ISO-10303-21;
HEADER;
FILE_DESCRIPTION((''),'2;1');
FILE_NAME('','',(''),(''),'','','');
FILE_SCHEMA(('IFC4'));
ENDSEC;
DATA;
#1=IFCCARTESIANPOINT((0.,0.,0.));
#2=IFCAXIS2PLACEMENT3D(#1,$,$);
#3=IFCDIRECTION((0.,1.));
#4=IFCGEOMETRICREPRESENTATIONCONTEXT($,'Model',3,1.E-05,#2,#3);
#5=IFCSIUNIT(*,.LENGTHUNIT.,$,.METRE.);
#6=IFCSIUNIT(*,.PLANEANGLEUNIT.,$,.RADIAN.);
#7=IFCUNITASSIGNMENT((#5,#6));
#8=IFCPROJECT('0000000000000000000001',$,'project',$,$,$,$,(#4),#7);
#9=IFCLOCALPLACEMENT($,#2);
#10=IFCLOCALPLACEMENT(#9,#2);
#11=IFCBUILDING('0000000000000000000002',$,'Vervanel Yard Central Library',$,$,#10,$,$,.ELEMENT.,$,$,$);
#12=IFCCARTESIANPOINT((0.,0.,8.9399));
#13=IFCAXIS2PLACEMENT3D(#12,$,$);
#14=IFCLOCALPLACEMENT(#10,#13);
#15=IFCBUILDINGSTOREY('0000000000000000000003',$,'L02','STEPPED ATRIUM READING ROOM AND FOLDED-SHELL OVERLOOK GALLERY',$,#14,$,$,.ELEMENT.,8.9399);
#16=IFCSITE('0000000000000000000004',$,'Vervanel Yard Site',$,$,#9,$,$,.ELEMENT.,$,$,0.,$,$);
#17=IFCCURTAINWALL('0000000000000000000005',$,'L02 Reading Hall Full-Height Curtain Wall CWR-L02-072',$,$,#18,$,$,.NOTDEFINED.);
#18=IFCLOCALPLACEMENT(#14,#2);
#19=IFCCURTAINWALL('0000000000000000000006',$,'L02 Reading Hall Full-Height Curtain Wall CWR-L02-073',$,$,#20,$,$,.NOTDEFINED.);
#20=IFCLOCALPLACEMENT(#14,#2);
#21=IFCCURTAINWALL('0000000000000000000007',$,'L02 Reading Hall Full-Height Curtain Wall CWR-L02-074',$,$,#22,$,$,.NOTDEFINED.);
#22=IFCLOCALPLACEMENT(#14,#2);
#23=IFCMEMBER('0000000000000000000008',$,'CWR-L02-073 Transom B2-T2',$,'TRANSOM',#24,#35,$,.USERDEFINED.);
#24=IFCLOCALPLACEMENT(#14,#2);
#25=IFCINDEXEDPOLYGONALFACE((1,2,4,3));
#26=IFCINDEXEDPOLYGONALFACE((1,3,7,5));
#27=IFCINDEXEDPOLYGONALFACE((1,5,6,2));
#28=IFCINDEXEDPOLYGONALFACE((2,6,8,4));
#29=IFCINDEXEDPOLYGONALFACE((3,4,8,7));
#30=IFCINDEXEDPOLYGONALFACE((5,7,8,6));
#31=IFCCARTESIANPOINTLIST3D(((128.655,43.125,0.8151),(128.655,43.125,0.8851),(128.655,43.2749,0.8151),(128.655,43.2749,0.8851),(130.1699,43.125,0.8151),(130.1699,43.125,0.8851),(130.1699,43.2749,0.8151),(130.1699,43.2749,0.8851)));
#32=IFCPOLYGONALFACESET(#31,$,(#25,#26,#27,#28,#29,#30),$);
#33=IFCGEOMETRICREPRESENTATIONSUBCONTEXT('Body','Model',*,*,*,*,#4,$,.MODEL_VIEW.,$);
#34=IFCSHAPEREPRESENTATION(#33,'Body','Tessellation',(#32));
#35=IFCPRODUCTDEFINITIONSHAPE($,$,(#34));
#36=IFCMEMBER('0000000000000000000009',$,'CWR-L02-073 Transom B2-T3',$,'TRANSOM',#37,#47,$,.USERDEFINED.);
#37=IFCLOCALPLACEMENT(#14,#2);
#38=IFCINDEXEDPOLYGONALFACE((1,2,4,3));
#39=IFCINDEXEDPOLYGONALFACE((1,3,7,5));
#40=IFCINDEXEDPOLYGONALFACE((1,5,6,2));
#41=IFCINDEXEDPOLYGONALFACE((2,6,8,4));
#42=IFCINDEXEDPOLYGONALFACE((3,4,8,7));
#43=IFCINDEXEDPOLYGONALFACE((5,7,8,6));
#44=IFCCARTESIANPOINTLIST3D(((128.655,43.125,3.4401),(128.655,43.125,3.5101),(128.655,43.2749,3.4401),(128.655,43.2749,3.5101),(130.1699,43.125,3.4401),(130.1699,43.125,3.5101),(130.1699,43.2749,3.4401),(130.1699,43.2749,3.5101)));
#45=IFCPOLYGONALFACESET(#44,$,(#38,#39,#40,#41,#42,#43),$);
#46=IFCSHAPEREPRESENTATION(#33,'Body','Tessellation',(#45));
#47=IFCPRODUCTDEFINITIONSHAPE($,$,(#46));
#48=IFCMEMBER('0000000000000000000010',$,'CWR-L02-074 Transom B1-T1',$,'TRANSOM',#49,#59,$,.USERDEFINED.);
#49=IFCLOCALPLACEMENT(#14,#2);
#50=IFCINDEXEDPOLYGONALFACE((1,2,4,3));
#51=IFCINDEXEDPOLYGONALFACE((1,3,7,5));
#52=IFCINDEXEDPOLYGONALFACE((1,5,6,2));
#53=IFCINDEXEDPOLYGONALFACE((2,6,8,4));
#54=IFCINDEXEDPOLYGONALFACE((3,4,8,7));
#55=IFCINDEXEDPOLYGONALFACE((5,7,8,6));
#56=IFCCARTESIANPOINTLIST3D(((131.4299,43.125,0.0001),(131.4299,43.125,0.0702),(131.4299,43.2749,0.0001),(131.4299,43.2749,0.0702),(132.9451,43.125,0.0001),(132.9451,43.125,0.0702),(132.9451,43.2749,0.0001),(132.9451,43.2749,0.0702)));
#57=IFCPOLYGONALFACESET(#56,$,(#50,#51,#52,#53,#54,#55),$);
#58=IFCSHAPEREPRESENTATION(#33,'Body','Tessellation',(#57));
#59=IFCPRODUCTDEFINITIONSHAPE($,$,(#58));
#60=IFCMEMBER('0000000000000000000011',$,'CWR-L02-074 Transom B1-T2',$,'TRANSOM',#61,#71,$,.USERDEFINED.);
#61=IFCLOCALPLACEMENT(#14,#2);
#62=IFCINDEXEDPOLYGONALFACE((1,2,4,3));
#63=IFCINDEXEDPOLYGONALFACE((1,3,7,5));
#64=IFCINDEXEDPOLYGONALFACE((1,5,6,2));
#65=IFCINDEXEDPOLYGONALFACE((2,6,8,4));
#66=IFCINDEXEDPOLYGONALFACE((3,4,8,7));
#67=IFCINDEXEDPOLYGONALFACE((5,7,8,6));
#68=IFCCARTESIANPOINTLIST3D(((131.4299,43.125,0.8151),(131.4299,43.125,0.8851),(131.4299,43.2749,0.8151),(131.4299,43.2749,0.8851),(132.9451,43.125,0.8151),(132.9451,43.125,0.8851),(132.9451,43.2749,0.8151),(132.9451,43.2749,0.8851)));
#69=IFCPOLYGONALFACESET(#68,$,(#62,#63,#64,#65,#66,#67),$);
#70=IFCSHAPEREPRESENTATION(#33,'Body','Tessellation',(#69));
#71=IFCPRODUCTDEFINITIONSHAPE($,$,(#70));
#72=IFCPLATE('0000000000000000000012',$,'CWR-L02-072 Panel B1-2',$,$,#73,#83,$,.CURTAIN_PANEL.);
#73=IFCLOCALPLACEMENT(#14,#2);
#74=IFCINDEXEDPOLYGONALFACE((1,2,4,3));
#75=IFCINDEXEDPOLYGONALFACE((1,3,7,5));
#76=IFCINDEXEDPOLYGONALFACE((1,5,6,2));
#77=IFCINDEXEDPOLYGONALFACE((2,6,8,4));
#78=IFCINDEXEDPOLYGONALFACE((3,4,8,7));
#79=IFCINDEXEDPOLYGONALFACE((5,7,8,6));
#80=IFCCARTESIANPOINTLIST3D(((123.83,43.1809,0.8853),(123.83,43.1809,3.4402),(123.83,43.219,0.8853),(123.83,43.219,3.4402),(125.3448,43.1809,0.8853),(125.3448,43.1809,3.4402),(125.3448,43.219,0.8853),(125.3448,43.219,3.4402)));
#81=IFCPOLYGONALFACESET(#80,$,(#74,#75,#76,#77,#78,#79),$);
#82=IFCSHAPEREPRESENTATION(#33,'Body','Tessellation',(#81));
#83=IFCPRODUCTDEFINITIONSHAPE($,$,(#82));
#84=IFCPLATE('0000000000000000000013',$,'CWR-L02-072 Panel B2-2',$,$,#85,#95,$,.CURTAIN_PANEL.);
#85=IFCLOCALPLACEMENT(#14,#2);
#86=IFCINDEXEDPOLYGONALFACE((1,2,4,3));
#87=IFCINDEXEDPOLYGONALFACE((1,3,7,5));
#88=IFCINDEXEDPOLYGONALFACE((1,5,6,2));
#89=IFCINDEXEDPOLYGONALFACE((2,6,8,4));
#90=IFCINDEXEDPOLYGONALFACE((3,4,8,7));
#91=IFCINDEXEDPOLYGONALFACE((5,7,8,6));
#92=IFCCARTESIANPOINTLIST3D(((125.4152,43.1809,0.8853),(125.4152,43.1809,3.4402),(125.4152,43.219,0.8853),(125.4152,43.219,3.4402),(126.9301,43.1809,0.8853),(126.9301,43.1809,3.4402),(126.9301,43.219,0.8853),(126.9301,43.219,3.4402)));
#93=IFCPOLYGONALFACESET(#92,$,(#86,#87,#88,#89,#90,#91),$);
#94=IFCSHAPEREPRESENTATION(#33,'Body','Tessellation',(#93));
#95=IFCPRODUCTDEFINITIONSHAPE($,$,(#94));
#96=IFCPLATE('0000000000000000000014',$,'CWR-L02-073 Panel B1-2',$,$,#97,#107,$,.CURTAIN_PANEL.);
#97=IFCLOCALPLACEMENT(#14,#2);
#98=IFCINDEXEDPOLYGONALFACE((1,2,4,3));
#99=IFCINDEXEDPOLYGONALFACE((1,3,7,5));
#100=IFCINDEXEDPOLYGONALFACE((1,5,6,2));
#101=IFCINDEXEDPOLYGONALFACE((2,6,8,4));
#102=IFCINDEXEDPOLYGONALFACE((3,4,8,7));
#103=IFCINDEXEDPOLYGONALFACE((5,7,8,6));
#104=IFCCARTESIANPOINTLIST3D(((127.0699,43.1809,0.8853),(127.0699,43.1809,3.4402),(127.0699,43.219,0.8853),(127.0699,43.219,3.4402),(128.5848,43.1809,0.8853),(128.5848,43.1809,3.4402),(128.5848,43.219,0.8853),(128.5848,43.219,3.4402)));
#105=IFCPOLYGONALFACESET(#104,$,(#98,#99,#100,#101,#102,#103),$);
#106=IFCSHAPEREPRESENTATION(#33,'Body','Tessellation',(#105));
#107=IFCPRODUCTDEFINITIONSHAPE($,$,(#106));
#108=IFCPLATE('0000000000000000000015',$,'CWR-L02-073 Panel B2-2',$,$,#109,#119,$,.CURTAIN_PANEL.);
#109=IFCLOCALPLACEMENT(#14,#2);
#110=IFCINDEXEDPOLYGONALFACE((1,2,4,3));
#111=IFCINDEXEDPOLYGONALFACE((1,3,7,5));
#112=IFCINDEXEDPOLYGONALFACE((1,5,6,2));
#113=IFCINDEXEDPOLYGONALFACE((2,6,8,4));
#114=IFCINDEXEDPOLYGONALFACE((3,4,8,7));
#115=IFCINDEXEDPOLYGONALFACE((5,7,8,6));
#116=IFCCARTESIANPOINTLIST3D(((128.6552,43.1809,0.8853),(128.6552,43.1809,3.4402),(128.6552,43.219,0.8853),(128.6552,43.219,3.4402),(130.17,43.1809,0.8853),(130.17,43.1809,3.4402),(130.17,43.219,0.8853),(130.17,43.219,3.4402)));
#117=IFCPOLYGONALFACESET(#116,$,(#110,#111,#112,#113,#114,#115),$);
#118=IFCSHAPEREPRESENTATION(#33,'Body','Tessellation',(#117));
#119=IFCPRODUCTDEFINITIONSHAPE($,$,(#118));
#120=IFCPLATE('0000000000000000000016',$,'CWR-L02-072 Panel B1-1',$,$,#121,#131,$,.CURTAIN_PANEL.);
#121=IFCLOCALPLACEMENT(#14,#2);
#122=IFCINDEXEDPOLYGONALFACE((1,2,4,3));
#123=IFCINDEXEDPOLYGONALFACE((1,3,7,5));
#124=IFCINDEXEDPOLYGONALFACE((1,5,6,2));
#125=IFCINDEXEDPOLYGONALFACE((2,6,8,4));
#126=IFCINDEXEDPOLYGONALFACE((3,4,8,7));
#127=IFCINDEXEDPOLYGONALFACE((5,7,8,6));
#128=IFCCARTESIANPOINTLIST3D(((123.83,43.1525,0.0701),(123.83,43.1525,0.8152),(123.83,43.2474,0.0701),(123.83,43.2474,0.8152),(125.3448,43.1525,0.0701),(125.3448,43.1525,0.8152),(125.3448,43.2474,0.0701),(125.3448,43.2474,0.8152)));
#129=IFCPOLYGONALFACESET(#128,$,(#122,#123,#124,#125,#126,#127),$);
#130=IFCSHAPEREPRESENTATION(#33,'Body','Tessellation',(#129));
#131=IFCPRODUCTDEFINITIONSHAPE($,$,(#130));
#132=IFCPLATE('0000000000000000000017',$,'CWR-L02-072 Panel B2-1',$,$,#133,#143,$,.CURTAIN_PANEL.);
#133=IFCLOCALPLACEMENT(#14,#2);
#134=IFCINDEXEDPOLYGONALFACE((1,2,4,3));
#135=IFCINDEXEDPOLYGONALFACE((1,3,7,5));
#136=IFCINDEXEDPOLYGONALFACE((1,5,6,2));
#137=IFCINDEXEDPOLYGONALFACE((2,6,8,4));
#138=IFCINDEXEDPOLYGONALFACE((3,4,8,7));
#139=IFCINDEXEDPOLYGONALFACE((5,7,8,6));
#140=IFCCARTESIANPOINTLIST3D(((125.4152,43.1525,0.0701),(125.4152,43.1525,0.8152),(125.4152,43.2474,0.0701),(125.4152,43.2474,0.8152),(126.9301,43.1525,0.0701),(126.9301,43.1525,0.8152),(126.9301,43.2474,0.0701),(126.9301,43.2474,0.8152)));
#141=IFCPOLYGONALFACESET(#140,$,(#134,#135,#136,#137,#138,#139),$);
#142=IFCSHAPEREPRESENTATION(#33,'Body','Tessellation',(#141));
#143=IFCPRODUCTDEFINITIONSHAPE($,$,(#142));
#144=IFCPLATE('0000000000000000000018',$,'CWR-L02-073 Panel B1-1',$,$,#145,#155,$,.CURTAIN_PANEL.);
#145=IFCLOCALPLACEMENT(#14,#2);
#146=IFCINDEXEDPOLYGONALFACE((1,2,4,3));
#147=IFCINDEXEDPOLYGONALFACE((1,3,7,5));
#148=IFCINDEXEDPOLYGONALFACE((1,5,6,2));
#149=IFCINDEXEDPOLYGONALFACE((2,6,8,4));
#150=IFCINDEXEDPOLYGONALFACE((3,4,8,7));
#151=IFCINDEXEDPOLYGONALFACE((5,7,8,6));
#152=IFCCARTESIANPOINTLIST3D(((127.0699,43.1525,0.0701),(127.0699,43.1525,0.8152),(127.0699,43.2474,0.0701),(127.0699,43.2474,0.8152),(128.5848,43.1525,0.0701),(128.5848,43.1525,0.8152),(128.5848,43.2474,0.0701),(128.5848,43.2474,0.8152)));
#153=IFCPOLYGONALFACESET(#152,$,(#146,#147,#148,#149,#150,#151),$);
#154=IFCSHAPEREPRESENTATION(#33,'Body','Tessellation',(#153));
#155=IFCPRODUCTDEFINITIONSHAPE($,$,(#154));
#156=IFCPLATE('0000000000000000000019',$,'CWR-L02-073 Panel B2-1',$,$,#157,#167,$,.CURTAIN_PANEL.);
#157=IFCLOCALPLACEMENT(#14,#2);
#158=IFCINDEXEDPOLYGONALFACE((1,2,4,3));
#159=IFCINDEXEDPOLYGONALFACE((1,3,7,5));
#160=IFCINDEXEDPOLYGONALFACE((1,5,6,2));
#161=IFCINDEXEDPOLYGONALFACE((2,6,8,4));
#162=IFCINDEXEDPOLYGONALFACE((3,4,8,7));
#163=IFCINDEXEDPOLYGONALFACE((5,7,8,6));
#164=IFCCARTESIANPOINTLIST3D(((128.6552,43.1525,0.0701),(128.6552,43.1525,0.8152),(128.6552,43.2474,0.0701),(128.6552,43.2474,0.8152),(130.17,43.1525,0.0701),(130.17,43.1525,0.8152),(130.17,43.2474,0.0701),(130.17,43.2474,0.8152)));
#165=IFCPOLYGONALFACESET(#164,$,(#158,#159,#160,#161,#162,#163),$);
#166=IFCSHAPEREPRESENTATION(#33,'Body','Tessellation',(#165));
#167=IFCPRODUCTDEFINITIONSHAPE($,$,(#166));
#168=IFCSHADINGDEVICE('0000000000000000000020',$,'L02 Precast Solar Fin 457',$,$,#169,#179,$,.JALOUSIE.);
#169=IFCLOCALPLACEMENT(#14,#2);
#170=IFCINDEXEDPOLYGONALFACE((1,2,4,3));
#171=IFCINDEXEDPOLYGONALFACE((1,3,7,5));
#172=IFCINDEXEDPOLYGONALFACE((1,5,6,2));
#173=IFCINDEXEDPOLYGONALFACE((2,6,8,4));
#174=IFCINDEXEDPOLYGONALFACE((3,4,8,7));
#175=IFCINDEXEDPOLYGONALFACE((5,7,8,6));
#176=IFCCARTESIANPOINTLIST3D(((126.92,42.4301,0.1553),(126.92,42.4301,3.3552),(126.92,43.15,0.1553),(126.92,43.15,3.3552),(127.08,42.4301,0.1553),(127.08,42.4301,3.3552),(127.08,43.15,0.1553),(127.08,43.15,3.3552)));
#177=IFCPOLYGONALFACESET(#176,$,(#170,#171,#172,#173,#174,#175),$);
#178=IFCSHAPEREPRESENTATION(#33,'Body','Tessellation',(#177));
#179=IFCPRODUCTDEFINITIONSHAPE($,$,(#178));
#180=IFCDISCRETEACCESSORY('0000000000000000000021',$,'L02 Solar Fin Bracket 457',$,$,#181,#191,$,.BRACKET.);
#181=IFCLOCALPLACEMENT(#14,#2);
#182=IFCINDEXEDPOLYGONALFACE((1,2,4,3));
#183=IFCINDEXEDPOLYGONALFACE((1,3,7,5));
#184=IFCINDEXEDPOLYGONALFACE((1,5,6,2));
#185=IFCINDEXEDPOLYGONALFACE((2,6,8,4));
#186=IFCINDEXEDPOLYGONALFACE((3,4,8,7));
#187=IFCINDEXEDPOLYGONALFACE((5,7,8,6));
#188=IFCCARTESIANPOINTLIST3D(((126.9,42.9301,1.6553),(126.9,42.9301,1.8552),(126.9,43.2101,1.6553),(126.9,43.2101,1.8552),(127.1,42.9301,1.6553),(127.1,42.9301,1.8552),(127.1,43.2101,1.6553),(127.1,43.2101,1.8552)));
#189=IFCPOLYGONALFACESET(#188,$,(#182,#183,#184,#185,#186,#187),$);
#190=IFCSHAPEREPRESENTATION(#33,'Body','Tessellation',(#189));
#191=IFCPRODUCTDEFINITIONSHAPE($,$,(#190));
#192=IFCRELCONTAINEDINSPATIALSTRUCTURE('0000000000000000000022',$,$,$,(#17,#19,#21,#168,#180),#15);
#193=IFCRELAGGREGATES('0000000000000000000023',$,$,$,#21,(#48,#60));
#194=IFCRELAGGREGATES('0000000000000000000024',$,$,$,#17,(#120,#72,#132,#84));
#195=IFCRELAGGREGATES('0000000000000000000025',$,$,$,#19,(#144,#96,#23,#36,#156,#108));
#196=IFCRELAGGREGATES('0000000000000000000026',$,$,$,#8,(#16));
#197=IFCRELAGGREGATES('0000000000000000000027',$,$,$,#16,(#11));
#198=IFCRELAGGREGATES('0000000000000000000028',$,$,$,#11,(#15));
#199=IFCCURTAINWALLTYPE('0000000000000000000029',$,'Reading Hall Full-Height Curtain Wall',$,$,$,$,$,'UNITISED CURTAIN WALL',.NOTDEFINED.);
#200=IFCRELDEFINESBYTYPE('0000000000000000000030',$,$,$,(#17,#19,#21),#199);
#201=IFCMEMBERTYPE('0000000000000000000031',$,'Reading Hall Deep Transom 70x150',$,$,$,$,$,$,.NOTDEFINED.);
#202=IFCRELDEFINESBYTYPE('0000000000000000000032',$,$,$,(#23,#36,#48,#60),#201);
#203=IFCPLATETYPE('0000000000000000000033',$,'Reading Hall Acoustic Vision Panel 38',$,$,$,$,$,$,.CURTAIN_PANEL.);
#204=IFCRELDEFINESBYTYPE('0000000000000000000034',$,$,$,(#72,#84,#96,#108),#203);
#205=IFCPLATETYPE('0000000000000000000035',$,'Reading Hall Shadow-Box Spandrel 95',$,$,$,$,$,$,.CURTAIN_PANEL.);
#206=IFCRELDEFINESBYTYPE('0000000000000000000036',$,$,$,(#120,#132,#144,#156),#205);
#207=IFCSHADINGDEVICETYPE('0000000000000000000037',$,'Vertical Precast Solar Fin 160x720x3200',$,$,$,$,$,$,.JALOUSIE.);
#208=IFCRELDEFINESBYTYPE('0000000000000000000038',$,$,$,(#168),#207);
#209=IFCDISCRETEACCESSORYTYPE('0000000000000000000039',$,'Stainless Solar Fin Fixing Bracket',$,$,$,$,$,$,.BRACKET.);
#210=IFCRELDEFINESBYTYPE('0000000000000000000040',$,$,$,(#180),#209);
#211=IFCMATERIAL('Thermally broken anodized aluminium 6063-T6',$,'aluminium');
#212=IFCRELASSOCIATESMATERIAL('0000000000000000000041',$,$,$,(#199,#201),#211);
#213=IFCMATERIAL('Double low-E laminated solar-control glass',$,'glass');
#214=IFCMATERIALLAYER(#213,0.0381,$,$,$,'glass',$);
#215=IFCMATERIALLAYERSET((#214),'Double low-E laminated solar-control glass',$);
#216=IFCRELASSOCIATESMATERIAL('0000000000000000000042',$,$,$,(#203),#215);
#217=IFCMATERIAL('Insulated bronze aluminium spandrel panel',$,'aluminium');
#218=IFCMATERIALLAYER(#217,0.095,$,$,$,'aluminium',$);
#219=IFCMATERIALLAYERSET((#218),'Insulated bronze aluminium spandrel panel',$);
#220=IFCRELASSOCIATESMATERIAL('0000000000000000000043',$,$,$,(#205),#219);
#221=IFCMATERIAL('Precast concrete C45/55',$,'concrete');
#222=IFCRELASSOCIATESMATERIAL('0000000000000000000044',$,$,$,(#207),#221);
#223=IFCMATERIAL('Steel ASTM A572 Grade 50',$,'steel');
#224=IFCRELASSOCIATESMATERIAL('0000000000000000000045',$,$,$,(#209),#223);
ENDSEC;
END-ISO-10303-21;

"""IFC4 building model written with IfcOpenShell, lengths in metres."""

from ifc_helpers import new_model, si_unit, direction, frame, origin, origin_2d, place, context, subcontext, project, spatial, rectangle, extrude, material, layer, layer_set, material_profile, profile_set, type_object, element, aggregate, save


model = new_model("IFC4")

# Units and contexts
model_context = context("Model", 3, precision=1e-05, world=origin(), true_north=direction((0.0, 1.0)))
body_context = subcontext(model_context, "Body", "Model", "MODEL_VIEW")
ifc_project = project(units=[si_unit("LENGTHUNIT", "METRE"), si_unit("PLANEANGLEUNIT", "RADIAN")], contexts=[model_context])

# Site, building, storey
site_placement = place(None, origin())
site = spatial("IfcSite", under=ifc_project, at=site_placement, Name="Vervanel Yard Site", CompositionType="ELEMENT", RefElevation=0.0)
building_placement = place(site_placement, origin())
building = spatial("IfcBuilding", under=site, at=building_placement, Name="Vervanel Yard Central Library", CompositionType="ELEMENT")
storey_placement = place(building_placement, frame((0.0, 0.0, 8.9399)))
storey = spatial("IfcBuildingStorey", under=building, at=storey_placement, Name="L02", Description="STEPPED ATRIUM READING ROOM AND FOLDED-SHELL OVERLOOK GALLERY", CompositionType="ELEMENT", Elevation=8.9399)

# Curtain walls
ifc_material_1 = material(Name="Thermally broken anodized aluminium 6063-T6", Category="aluminium")
curtain_wall_type = type_object("IfcCurtainWallType", Name="Reading Hall Full-Height Curtain Wall", ElementType="UNITISED CURTAIN WALL", PredefinedType="NOTDEFINED", material=ifc_material_1)
curtain_wall_1_placement = place(storey_placement, origin())
curtain_wall_1 = element("IfcCurtainWall", 1, at=curtain_wall_1_placement, inside=storey, type_object=curtain_wall_type, Name="L02 Reading Hall Full-Height Curtain Wall CWR-L02-072", PredefinedType="NOTDEFINED")
curtain_wall_2_placement = place(storey_placement, origin())
curtain_wall_2 = element("IfcCurtainWall", 2, at=curtain_wall_2_placement, inside=storey, type_object=curtain_wall_type, Name="L02 Reading Hall Full-Height Curtain Wall CWR-L02-073", PredefinedType="NOTDEFINED")

# Curtain wall
curtain_wall_3_placement = place(storey_placement, origin())
curtain_wall_3 = element("IfcCurtainWall", 3, at=curtain_wall_3_placement, inside=storey, type_object=curtain_wall_type, Name="L02 Reading Hall Full-Height Curtain Wall CWR-L02-074", PredefinedType="NOTDEFINED")

# Members
ifc_material_profile_1 = material_profile(ifc_material_1, rectangle(XDim=0.0701, YDim=0.1499, at=origin_2d()), Name="ALU 70x150", Category="aluminium")
ifc_profile_set_1 = profile_set([ifc_material_profile_1], Name="Thermally broken anodized aluminium 6063-T6")
member_type_1 = type_object("IfcMemberType", Name="Reading Hall Deep Transom 70x150", PredefinedType="NOTDEFINED", material=ifc_profile_set_1)
member_1_placement = place(storey_placement, frame((128.655, 43.2, 0.8501), z_axis=(1.0, 0.0, 0.0), x_axis=(0.0, 0.0, 1.0)))
member_1 = element("IfcMember", 4, at=member_1_placement, type_object=member_type_1, Name="CWR-L02-073 Transom B2-T2", ObjectType="TRANSOM", PredefinedType="USERDEFINED", context=body_context, shape_type="SweptSolid", body=[
    extrude(rectangle(XDim=0.0701, YDim=0.1499, at=origin_2d()), origin(), (0.0, 0.0, 1.0), 1.5149),
])
member_2_placement = place(storey_placement, frame((128.655, 43.2, 3.4751), z_axis=(1.0, 0.0, 0.0), x_axis=(0.0, 0.0, 1.0)))
member_2 = element("IfcMember", 5, at=member_2_placement, type_object=member_type_1, Name="CWR-L02-073 Transom B2-T3", ObjectType="TRANSOM", PredefinedType="USERDEFINED", context=body_context, shape_type="SweptSolid", body=[
    extrude(rectangle(XDim=0.0701, YDim=0.1499, at=origin_2d()), origin(), (0.0, 0.0, 1.0), 1.5149),
])
member_3_placement = place(storey_placement, frame((131.4299, 43.2, 0.0352), z_axis=(1.0, 0.0, 0.0), x_axis=(0.0, 0.0, 1.0)))
member_3 = element("IfcMember", 6, at=member_3_placement, type_object=member_type_1, Name="CWR-L02-074 Transom B1-T1", ObjectType="TRANSOM", PredefinedType="USERDEFINED", context=body_context, shape_type="SweptSolid", body=[
    extrude(rectangle(XDim=0.0701, YDim=0.1499, at=origin_2d()), origin(), (0.0, 0.0, 1.0), 1.5151),
])
member_4_placement = place(storey_placement, frame((131.4299, 43.2, 0.8501), z_axis=(1.0, 0.0, 0.0), x_axis=(0.0, 0.0, 1.0)))
member_4 = element("IfcMember", 7, at=member_4_placement, type_object=member_type_1, Name="CWR-L02-074 Transom B1-T2", ObjectType="TRANSOM", PredefinedType="USERDEFINED", context=body_context, shape_type="SweptSolid", body=[
    extrude(rectangle(XDim=0.0701, YDim=0.1499, at=origin_2d()), origin(), (0.0, 0.0, 1.0), 1.5151),
])
aggregate(curtain_wall_3, [member_3, member_4])

# Plates
ifc_material_2 = material(Name="Double low-E laminated solar-control glass", Category="glass")
ifc_layer_1 = layer(ifc_material_2, 0.0381, Category="glass")
ifc_layer_set_1 = layer_set([ifc_layer_1], Name="Double low-E laminated solar-control glass")
plate_type_1 = type_object("IfcPlateType", Name="Reading Hall Acoustic Vision Panel 38", PredefinedType="CURTAIN_PANEL", material=ifc_layer_set_1)
plate_1_placement = place(storey_placement, frame((124.5874, 43.2, 0.8853), z_axis=(0.0, 0.0, 1.0), x_axis=(1.0, 0.0, 0.0)))
plate_1 = element("IfcPlate", 8, at=plate_1_placement, type_object=plate_type_1, Name="CWR-L02-072 Panel B1-2", PredefinedType="CURTAIN_PANEL", context=body_context, shape_type="SweptSolid", body=[
    extrude(rectangle(XDim=1.5149, YDim=0.0381, at=origin_2d()), origin(), (0.0, 0.0, 1.0), 2.5549),
])
plate_2_placement = place(storey_placement, frame((126.1726, 43.2, 0.8853), z_axis=(0.0, 0.0, 1.0), x_axis=(1.0, 0.0, 0.0)))
plate_2 = element("IfcPlate", 9, at=plate_2_placement, type_object=plate_type_1, Name="CWR-L02-072 Panel B2-2", PredefinedType="CURTAIN_PANEL", context=body_context, shape_type="SweptSolid", body=[
    extrude(rectangle(XDim=1.5149, YDim=0.0381, at=origin_2d()), origin(), (0.0, 0.0, 1.0), 2.5549),
])
plate_3_placement = place(storey_placement, frame((127.8274, 43.2, 0.8853), z_axis=(0.0, 0.0, 1.0), x_axis=(1.0, 0.0, 0.0)))
plate_3 = element("IfcPlate", 10, at=plate_3_placement, type_object=plate_type_1, Name="CWR-L02-073 Panel B1-2", PredefinedType="CURTAIN_PANEL", context=body_context, shape_type="SweptSolid", body=[
    extrude(rectangle(XDim=1.5149, YDim=0.0381, at=origin_2d()), origin(), (0.0, 0.0, 1.0), 2.5549),
])
plate_4_placement = place(storey_placement, frame((129.4126, 43.2, 0.8853), z_axis=(0.0, 0.0, 1.0), x_axis=(1.0, 0.0, 0.0)))
plate_4 = element("IfcPlate", 11, at=plate_4_placement, type_object=plate_type_1, Name="CWR-L02-073 Panel B2-2", PredefinedType="CURTAIN_PANEL", context=body_context, shape_type="SweptSolid", body=[
    extrude(rectangle(XDim=1.5149, YDim=0.0381, at=origin_2d()), origin(), (0.0, 0.0, 1.0), 2.5549),
])
ifc_material_3 = material(Name="Insulated bronze aluminium spandrel panel", Category="aluminium")
ifc_layer_2 = layer(ifc_material_3, 0.095, Category="aluminium")
ifc_layer_set_2 = layer_set([ifc_layer_2], Name="Insulated bronze aluminium spandrel panel")
plate_type_2 = type_object("IfcPlateType", Name="Reading Hall Shadow-Box Spandrel 95", PredefinedType="CURTAIN_PANEL", material=ifc_layer_set_2)
plate_5_placement = place(storey_placement, frame((124.5874, 43.2, 0.0701), z_axis=(0.0, 0.0, 1.0), x_axis=(1.0, 0.0, 0.0)))
plate_5 = element("IfcPlate", 12, at=plate_5_placement, type_object=plate_type_2, Name="CWR-L02-072 Panel B1-1", PredefinedType="CURTAIN_PANEL", context=body_context, shape_type="SweptSolid", body=[
    extrude(rectangle(XDim=1.5149, YDim=0.095, at=origin_2d()), origin(), (0.0, 0.0, 1.0), 0.7451),
])
plate_6_placement = place(storey_placement, frame((126.1726, 43.2, 0.0701), z_axis=(0.0, 0.0, 1.0), x_axis=(1.0, 0.0, 0.0)))
plate_6 = element("IfcPlate", 13, at=plate_6_placement, type_object=plate_type_2, Name="CWR-L02-072 Panel B2-1", PredefinedType="CURTAIN_PANEL", context=body_context, shape_type="SweptSolid", body=[
    extrude(rectangle(XDim=1.5149, YDim=0.095, at=origin_2d()), origin(), (0.0, 0.0, 1.0), 0.7451),
])
aggregate(curtain_wall_1, [plate_5, plate_1, plate_6, plate_2])
plate_7_placement = place(storey_placement, frame((127.8274, 43.2, 0.0701), z_axis=(0.0, 0.0, 1.0), x_axis=(1.0, 0.0, 0.0)))
plate_7 = element("IfcPlate", 14, at=plate_7_placement, type_object=plate_type_2, Name="CWR-L02-073 Panel B1-1", PredefinedType="CURTAIN_PANEL", context=body_context, shape_type="SweptSolid", body=[
    extrude(rectangle(XDim=1.5149, YDim=0.095, at=origin_2d()), origin(), (0.0, 0.0, 1.0), 0.7451),
])
plate_8_placement = place(storey_placement, frame((129.4126, 43.2, 0.0701), z_axis=(0.0, 0.0, 1.0), x_axis=(1.0, 0.0, 0.0)))
plate_8 = element("IfcPlate", 15, at=plate_8_placement, type_object=plate_type_2, Name="CWR-L02-073 Panel B2-1", PredefinedType="CURTAIN_PANEL", context=body_context, shape_type="SweptSolid", body=[
    extrude(rectangle(XDim=1.5149, YDim=0.095, at=origin_2d()), origin(), (0.0, 0.0, 1.0), 0.7451),
])
aggregate(curtain_wall_2, [plate_7, plate_3, member_1, member_2, plate_8, plate_4])

# Shading device
ifc_material_4 = material(Name="Precast concrete C45/55", Category="concrete")
shading_device_type = type_object("IfcShadingDeviceType", Name="Vertical Precast Solar Fin 160x720x3200", PredefinedType="JALOUSIE", material=ifc_material_4)
shading_device_placement = place(storey_placement, frame((127.0, 42.79, 0.1553), z_axis=(0.0, 0.0, 1.0), x_axis=(1.0, 0.0, 0.0)))
element("IfcShadingDevice", 16, at=shading_device_placement, inside=storey, type_object=shading_device_type, Name="L02 Precast Solar Fin 457", PredefinedType="JALOUSIE", context=body_context, shape_type="SweptSolid", body=[
    extrude(rectangle(XDim=0.1599, YDim=0.72, at=origin_2d()), origin(), (0.0, 0.0, 1.0), 3.2),
])

# Discrete accessory
ifc_material_5 = material(Name="Steel ASTM A572 Grade 50", Category="steel")
discrete_accessory_type = type_object("IfcDiscreteAccessoryType", Name="Stainless Solar Fin Fixing Bracket", PredefinedType="BRACKET", material=ifc_material_5)
discrete_accessory_placement = place(storey_placement, frame((127.0, 43.0701, 1.6553), z_axis=(0.0, 0.0, 1.0), x_axis=(1.0, 0.0, 0.0)))
element("IfcDiscreteAccessory", 17, at=discrete_accessory_placement, inside=storey, type_object=discrete_accessory_type, Name="L02 Solar Fin Bracket 457", PredefinedType="BRACKET", context=body_context, shape_type="SweptSolid", body=[
    extrude(rectangle(XDim=0.2, YDim=0.28, at=origin_2d()), origin(), (0.0, 0.0, 1.0), 0.2),
])

save(model, "model.ifc")
